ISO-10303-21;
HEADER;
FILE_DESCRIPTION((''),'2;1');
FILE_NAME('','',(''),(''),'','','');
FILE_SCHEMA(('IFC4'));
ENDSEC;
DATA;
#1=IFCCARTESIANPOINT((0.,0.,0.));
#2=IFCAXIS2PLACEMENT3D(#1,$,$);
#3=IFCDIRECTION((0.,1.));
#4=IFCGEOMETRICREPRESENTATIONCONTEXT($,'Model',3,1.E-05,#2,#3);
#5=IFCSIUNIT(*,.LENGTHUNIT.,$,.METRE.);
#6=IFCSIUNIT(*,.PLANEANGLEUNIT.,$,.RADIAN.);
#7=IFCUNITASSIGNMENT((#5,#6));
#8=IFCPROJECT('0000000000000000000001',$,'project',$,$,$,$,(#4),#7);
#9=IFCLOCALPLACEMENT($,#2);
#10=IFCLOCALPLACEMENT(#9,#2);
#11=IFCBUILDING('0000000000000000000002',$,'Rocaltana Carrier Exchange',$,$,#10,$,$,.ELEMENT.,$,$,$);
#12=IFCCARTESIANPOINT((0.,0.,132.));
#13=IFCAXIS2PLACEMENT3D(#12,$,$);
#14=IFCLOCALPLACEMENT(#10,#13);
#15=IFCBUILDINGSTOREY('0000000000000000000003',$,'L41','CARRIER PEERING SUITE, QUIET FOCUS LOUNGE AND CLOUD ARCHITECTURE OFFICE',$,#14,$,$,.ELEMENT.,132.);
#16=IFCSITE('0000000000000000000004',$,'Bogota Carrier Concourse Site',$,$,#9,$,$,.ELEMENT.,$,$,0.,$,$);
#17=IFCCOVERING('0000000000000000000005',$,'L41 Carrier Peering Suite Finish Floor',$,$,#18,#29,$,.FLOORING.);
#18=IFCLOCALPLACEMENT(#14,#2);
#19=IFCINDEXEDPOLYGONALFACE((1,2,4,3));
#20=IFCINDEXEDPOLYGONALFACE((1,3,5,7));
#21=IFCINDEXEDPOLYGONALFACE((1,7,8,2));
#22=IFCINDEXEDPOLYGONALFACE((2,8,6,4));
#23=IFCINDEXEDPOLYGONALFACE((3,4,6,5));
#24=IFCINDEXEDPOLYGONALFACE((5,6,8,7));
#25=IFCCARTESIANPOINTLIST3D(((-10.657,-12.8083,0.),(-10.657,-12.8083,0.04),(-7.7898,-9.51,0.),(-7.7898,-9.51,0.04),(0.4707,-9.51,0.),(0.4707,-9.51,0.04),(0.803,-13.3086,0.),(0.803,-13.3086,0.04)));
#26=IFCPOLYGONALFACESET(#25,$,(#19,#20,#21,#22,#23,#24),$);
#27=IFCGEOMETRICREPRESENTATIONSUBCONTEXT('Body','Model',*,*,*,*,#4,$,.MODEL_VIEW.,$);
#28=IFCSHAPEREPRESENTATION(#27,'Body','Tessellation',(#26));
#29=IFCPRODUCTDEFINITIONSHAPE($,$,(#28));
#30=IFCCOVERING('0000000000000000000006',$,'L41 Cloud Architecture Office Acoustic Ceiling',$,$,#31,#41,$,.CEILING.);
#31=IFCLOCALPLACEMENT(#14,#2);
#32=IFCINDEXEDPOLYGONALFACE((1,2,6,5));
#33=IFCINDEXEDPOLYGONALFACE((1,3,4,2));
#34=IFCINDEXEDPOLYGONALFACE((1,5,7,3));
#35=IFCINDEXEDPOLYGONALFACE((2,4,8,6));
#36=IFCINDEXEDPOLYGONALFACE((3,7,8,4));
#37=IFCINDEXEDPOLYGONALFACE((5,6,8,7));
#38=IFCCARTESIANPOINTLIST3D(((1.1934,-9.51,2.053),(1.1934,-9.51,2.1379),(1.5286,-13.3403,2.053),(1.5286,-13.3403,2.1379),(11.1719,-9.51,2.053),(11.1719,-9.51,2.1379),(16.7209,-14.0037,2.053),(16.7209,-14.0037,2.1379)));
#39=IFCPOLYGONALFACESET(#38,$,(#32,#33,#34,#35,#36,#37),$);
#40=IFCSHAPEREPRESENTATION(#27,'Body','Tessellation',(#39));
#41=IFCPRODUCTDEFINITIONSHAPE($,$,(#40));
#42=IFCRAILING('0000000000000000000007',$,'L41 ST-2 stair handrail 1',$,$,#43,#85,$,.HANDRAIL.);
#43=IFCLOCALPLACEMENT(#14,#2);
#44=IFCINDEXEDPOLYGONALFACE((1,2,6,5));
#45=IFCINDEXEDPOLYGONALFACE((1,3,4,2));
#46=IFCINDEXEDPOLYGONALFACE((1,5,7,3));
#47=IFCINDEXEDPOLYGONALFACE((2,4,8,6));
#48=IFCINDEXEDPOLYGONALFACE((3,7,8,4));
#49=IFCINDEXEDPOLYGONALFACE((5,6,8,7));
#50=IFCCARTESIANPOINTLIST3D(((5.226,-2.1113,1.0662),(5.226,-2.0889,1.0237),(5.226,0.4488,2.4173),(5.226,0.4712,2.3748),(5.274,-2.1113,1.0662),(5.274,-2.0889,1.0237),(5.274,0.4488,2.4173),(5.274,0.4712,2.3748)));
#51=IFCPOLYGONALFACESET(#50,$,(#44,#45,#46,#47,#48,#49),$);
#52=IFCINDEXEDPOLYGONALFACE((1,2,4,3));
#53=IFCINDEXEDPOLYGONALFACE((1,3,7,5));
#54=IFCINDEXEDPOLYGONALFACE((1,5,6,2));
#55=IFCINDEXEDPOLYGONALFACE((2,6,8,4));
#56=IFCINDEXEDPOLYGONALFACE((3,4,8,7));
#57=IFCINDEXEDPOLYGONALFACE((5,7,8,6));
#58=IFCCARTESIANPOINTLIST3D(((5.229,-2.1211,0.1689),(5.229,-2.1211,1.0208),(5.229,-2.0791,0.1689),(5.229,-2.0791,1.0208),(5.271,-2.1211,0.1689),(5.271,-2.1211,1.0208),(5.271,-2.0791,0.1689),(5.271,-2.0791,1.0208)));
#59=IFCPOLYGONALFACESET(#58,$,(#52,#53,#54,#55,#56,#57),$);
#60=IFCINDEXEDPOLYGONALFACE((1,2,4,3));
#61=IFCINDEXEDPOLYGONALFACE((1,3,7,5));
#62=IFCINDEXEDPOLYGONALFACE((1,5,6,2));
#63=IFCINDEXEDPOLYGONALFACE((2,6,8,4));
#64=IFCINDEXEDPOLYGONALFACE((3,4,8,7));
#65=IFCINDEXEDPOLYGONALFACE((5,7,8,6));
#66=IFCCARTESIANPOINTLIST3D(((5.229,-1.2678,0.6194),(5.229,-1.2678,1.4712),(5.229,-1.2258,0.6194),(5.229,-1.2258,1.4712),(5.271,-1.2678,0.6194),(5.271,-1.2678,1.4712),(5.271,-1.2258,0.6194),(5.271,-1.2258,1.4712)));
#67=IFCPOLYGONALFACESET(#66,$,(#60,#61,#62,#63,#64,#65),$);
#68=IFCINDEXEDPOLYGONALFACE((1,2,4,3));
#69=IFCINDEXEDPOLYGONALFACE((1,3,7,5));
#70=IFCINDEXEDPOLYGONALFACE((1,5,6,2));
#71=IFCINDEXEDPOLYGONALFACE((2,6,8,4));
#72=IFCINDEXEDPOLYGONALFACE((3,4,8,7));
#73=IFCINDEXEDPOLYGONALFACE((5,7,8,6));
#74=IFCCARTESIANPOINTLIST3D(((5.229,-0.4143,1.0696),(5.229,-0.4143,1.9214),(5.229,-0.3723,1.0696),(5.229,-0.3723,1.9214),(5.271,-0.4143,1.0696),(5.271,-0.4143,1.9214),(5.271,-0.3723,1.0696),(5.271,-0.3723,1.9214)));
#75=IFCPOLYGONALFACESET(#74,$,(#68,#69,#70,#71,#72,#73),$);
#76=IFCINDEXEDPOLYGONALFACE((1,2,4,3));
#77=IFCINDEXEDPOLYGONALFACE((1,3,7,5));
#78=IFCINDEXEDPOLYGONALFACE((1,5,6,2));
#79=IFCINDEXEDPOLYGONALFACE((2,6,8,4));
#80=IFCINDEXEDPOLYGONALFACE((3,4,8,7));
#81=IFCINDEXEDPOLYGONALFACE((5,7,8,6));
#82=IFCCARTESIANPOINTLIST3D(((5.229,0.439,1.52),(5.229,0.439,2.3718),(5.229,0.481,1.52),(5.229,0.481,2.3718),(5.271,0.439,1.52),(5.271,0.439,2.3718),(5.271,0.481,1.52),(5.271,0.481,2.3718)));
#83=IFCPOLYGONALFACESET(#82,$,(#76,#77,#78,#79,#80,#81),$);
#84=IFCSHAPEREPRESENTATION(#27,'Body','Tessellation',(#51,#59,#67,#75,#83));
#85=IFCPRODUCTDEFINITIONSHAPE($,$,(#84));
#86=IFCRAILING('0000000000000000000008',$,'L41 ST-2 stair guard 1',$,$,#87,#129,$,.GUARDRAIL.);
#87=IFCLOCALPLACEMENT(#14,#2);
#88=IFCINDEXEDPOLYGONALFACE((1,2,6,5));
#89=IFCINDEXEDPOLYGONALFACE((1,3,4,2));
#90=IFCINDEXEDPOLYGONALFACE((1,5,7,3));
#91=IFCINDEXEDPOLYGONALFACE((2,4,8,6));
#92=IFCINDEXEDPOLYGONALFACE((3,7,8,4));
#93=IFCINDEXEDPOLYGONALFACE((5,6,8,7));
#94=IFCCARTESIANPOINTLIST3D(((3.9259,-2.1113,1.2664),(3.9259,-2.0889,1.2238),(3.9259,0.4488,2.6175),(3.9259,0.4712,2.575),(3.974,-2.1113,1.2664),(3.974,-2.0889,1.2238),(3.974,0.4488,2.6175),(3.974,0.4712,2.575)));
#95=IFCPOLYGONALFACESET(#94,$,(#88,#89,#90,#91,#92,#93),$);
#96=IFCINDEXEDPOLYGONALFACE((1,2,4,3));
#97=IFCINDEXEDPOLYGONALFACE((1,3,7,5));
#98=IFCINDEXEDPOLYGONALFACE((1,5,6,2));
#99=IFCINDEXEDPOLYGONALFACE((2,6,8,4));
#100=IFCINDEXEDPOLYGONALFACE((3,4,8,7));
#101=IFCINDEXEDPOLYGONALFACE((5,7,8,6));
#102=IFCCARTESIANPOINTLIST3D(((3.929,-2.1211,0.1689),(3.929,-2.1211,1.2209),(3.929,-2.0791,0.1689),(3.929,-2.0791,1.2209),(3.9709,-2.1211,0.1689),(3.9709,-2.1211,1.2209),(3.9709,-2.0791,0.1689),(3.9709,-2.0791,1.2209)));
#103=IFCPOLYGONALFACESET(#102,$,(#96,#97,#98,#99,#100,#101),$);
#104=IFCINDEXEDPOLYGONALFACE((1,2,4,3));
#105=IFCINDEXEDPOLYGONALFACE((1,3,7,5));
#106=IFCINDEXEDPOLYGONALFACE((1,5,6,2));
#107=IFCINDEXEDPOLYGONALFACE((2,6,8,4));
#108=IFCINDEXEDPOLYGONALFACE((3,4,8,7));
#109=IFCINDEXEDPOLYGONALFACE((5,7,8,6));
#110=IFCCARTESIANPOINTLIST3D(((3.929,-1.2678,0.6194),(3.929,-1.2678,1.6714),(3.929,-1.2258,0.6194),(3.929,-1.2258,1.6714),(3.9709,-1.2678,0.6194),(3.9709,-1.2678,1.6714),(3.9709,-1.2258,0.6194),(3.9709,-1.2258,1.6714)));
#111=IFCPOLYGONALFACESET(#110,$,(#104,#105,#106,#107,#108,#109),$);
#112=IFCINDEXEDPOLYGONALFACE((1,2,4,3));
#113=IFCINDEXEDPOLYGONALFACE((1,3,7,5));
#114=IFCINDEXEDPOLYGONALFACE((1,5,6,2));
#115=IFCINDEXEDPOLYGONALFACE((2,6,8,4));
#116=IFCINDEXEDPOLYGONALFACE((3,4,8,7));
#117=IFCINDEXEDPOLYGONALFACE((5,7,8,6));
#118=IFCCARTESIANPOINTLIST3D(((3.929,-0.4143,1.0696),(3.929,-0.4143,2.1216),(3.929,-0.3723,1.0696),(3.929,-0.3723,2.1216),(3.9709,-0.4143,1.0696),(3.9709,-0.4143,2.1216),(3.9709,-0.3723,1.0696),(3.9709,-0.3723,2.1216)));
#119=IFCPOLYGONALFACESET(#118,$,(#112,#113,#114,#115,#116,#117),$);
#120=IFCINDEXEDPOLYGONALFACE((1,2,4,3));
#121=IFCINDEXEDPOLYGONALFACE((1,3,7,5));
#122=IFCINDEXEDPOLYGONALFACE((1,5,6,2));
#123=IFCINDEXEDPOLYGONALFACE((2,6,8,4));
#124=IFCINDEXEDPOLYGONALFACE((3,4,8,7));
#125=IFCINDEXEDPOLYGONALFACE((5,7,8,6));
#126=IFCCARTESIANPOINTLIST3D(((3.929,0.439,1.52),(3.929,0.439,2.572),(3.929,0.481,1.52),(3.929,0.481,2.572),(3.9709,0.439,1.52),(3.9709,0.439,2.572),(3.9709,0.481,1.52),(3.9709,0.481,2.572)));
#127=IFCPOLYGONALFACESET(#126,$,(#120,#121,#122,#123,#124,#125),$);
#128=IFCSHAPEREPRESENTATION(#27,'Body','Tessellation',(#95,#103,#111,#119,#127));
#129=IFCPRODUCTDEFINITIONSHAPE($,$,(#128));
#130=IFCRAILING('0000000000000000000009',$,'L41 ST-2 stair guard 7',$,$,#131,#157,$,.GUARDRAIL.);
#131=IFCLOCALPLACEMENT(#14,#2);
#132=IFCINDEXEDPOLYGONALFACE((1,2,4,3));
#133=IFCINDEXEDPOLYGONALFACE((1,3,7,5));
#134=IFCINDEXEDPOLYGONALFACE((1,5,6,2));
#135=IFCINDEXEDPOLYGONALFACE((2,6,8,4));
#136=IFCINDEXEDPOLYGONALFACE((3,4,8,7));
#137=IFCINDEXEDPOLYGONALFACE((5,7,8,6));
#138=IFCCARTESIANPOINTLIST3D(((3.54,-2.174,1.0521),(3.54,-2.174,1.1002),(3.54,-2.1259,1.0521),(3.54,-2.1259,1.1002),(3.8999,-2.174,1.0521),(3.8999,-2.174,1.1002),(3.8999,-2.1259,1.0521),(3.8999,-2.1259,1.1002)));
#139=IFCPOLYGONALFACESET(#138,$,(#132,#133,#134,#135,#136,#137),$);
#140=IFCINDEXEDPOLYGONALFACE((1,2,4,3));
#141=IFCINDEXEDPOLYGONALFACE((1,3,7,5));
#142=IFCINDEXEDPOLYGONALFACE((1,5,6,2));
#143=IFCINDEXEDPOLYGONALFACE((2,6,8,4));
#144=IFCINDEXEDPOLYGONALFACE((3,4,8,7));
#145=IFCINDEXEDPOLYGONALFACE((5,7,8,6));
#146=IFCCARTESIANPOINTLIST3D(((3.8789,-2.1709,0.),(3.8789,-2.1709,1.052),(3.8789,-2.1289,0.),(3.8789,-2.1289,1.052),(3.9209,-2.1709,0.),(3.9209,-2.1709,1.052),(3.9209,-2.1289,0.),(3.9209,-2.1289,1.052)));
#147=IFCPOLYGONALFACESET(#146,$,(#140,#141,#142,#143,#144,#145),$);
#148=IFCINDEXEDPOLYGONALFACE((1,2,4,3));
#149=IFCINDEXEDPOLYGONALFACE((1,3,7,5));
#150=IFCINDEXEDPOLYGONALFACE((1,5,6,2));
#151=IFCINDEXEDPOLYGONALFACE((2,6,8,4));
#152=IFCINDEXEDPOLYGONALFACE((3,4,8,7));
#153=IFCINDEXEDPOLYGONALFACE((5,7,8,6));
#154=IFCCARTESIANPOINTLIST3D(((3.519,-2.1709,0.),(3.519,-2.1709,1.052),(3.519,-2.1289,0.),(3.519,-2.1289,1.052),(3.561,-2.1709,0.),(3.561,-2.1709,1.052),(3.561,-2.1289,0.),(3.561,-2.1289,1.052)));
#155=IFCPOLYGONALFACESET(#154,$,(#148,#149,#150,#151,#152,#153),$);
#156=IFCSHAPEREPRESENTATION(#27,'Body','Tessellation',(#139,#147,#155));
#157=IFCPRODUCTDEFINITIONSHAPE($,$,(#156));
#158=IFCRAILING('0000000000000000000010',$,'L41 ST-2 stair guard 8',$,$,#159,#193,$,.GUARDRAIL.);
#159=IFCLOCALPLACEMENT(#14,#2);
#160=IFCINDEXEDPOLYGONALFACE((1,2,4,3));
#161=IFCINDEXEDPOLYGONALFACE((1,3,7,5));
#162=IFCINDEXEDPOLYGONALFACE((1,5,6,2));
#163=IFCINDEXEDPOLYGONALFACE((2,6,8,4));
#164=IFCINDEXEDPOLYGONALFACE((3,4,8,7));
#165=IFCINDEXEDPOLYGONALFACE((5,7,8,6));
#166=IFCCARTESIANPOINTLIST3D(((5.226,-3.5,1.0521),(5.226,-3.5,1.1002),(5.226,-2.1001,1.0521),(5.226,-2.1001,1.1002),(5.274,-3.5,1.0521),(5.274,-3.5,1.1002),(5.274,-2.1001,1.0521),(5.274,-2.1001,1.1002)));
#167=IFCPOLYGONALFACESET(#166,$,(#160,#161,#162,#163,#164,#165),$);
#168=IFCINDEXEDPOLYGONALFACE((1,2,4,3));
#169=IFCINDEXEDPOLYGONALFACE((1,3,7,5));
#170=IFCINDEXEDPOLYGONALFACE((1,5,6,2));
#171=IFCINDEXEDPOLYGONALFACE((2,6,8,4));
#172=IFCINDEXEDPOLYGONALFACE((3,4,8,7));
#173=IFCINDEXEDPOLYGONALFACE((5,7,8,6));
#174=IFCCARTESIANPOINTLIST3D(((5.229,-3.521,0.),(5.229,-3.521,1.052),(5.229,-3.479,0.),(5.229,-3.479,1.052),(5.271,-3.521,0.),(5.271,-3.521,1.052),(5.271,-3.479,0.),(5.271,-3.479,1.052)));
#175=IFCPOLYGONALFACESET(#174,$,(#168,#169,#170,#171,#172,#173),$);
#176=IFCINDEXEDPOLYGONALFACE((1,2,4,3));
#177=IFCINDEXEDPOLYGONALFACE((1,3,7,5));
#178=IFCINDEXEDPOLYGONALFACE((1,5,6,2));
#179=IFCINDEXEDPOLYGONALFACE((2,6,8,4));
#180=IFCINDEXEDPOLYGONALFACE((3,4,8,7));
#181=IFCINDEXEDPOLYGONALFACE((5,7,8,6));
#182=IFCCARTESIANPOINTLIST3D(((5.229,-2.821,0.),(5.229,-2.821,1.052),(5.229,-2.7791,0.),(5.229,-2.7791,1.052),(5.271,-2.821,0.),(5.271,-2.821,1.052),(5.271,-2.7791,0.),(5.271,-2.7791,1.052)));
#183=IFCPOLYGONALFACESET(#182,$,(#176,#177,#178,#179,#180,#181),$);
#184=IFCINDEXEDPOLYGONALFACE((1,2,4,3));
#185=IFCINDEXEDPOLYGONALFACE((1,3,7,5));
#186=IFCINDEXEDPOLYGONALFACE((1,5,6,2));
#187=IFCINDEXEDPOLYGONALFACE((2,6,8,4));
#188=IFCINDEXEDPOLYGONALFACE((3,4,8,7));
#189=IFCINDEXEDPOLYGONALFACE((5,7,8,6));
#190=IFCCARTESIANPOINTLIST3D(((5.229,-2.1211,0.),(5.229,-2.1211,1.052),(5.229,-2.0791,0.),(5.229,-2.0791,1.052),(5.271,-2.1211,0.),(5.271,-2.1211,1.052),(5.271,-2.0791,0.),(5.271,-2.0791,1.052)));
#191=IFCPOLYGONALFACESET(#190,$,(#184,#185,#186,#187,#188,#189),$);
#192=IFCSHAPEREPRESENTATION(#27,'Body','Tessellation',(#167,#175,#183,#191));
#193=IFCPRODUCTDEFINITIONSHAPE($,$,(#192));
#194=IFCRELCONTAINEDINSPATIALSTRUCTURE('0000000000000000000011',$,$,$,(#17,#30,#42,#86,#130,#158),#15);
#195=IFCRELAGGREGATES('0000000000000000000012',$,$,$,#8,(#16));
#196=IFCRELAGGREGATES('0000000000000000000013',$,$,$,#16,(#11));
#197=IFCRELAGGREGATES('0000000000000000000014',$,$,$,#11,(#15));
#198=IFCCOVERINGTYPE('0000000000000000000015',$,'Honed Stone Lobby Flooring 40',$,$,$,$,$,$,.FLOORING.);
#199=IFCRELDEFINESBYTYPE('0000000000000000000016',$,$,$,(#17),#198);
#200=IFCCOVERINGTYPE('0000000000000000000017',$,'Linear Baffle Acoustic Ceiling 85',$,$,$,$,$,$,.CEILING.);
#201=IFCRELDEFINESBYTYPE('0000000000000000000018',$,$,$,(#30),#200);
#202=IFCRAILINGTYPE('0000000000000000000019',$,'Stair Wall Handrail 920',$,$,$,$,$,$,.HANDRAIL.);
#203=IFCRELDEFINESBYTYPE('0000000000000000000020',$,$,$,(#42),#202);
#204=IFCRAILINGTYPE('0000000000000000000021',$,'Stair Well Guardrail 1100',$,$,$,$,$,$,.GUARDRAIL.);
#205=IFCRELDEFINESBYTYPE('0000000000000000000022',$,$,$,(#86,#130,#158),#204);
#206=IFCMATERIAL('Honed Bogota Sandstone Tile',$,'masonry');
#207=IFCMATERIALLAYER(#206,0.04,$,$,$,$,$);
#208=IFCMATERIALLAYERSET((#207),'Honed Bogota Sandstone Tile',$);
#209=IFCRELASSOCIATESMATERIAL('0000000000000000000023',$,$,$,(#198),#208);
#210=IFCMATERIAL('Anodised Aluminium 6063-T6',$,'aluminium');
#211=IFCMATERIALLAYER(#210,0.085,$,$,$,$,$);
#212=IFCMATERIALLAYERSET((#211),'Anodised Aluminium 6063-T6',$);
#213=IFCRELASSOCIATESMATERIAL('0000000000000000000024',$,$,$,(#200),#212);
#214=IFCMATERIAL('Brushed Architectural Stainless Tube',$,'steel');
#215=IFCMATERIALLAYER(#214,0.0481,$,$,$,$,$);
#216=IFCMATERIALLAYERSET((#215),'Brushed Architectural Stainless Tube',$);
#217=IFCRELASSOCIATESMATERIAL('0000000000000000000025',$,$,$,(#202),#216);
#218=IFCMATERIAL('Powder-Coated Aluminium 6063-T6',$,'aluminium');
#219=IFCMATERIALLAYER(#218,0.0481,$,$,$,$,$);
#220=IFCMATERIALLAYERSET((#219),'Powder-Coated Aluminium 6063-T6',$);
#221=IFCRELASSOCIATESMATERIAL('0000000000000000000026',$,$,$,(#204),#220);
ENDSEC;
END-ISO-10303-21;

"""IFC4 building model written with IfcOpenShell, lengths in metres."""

from ifc_helpers import new_model, si_unit, direction, frame, origin, origin_2d, place, context, subcontext, project, spatial, polyline, rectangle, outline, extrude, material, layer, layer_set, type_object, element, save


model = new_model("IFC4")

# Units and contexts
model_context = context("Model", 3, precision=1e-05, world=origin(), true_north=direction((0.0, 1.0)))
body_context = subcontext(model_context, "Body", "Model", "MODEL_VIEW")
ifc_project = project(units=[si_unit("LENGTHUNIT", "METRE"), si_unit("PLANEANGLEUNIT", "RADIAN")], contexts=[model_context])

# Site, building, storey
site_placement = place(None, origin())
site = spatial("IfcSite", under=ifc_project, at=site_placement, Name="Bogota Carrier Concourse Site", CompositionType="ELEMENT", RefElevation=0.0)
building_placement = place(site_placement, origin())
building = spatial("IfcBuilding", under=site, at=building_placement, Name="Rocaltana Carrier Exchange", CompositionType="ELEMENT")
storey_placement = place(building_placement, frame((0.0, 0.0, 132.0)))
storey = spatial("IfcBuildingStorey", under=building, at=storey_placement, Name="L41", Description="CARRIER PEERING SUITE, QUIET FOCUS LOUNGE AND CLOUD ARCHITECTURE OFFICE", CompositionType="ELEMENT", Elevation=132.0)

# Coverings
ifc_material_1 = material(Name="Honed Bogota Sandstone Tile", Category="masonry")
ifc_layer_1 = layer(ifc_material_1, 0.04)
ifc_layer_set_1 = layer_set([ifc_layer_1], Name="Honed Bogota Sandstone Tile")
covering_type_1 = type_object("IfcCoveringType", Name="Honed Stone Lobby Flooring 40", PredefinedType="FLOORING", material=ifc_layer_set_1)
covering_1_placement = place(storey_placement, origin())
element("IfcCovering", 1, at=covering_1_placement, inside=storey, type_object=covering_type_1, Name="L41 Carrier Peering Suite Finish Floor", PredefinedType="FLOORING", context=body_context, shape_type="SweptSolid", body=[
    extrude(outline(polyline([(-10.657, -12.8083), (-7.7898, -9.51), (0.4707, -9.51), (0.803, -13.3086), (-10.657, -12.8083)])), origin(), (0.0, 0.0, 1.0), 0.04),
])
ifc_material_2 = material(Name="Anodised Aluminium 6063-T6", Category="aluminium")
ifc_layer_2 = layer(ifc_material_2, 0.085)
ifc_layer_set_2 = layer_set([ifc_layer_2], Name="Anodised Aluminium 6063-T6")
covering_type_2 = type_object("IfcCoveringType", Name="Linear Baffle Acoustic Ceiling 85", PredefinedType="CEILING", material=ifc_layer_set_2)
covering_2_placement = place(storey_placement, frame((0.0, 0.0, 2.053)))
element("IfcCovering", 2, at=covering_2_placement, inside=storey, type_object=covering_type_2, Name="L41 Cloud Architecture Office Acoustic Ceiling", PredefinedType="CEILING", context=body_context, shape_type="SweptSolid", body=[
    extrude(outline(polyline([(1.5286, -13.3403), (1.1934, -9.51), (11.1719, -9.51), (16.7209, -14.0037), (1.5286, -13.3403)])), origin(), (0.0, 0.0, 1.0), 0.085),
])

# Railings
ifc_material_3 = material(Name="Brushed Architectural Stainless Tube", Category="steel")
ifc_layer_3 = layer(ifc_material_3, 0.0481)
ifc_layer_set_3 = layer_set([ifc_layer_3], Name="Brushed Architectural Stainless Tube")
railing_type_1 = type_object("IfcRailingType", Name="Stair Wall Handrail 920", PredefinedType="HANDRAIL", material=ifc_layer_set_3)
railing_1_placement = place(storey_placement, frame((5.25, -2.1001, 0.1689)))
element("IfcRailing", 3, at=railing_1_placement, inside=storey, type_object=railing_type_1, Name="L41 ST-2 stair handrail 1", PredefinedType="HANDRAIL", context=body_context, shape_type="SweptSolid", body=[
    extrude(rectangle(XDim=0.0481, YDim=0.0481, at=origin_2d()), frame((0.0, 0.0, 0.876), z_axis=(0.0, 0.884394, 0.46674), x_axis=(-1.0, 0.0, 0.0)), (0.0, 0.0, 1.0), 2.8948),
    extrude(rectangle(XDim=0.042, YDim=0.042, at=origin_2d()), origin(), (0.0, 0.0, 1.0), 0.8518),
    extrude(rectangle(XDim=0.042, YDim=0.042, at=origin_2d()), frame((0.0, 0.8533, 0.4504)), (0.0, 0.0, 1.0), 0.8518),
    extrude(rectangle(XDim=0.042, YDim=0.042, at=origin_2d()), frame((0.0, 1.7068, 0.9006)), (0.0, 0.0, 1.0), 0.8518),
    extrude(rectangle(XDim=0.042, YDim=0.042, at=origin_2d()), frame((0.0, 2.5601, 1.3511)), (0.0, 0.0, 1.0), 0.8518),
])
ifc_material_4 = material(Name="Powder-Coated Aluminium 6063-T6", Category="aluminium")
ifc_layer_4 = layer(ifc_material_4, 0.0481)
ifc_layer_set_4 = layer_set([ifc_layer_4], Name="Powder-Coated Aluminium 6063-T6")
railing_type_2 = type_object("IfcRailingType", Name="Stair Well Guardrail 1100", PredefinedType="GUARDRAIL", material=ifc_layer_set_4)
railing_2_placement = place(storey_placement, frame((3.95, -2.1001, 0.1689)))
element("IfcRailing", 4, at=railing_2_placement, inside=storey, type_object=railing_type_2, Name="L41 ST-2 stair guard 1", PredefinedType="GUARDRAIL", context=body_context, shape_type="SweptSolid", body=[
    extrude(rectangle(XDim=0.0481, YDim=0.0481, at=origin_2d()), frame((0.0, 0.0, 1.0762), z_axis=(0.0, 0.884394, 0.46674), x_axis=(-1.0, 0.0, 0.0)), (0.0, 0.0, 1.0), 2.8948),
    extrude(rectangle(XDim=0.042, YDim=0.042, at=origin_2d()), origin(), (0.0, 0.0, 1.0), 1.052),
    extrude(rectangle(XDim=0.042, YDim=0.042, at=origin_2d()), frame((0.0, 0.8533, 0.4504)), (0.0, 0.0, 1.0), 1.052),
    extrude(rectangle(XDim=0.042, YDim=0.042, at=origin_2d()), frame((0.0, 1.7068, 0.9006)), (0.0, 0.0, 1.0), 1.052),
    extrude(rectangle(XDim=0.042, YDim=0.042, at=origin_2d()), frame((0.0, 2.5601, 1.3511)), (0.0, 0.0, 1.0), 1.052),
])
railing_3_placement = place(storey_placement, frame((3.8999, -2.1499, 0.0)))
element("IfcRailing", 5, at=railing_3_placement, inside=storey, type_object=railing_type_2, Name="L41 ST-2 stair guard 7", PredefinedType="GUARDRAIL", context=body_context, shape_type="SweptSolid", body=[
    extrude(rectangle(XDim=0.0481, YDim=0.0481, at=origin_2d()), frame((0.0, 0.0, 1.0762), z_axis=(-1.0, 0.0, 0.0), x_axis=(0.0, -1.0, 0.0)), (0.0, 0.0, 1.0), 0.3599),
    extrude(rectangle(XDim=0.042, YDim=0.042, at=origin_2d()), origin(), (0.0, 0.0, 1.0), 1.052),
    extrude(rectangle(XDim=0.042, YDim=0.042, at=origin_2d()), frame((-0.3599, 0.0, 0.0)), (0.0, 0.0, 1.0), 1.052),
])
for number, where, name in (
    (6, (5.25, -3.5, 0.0), "L41 ST-2 stair guard 8"),
):
    element("IfcRailing", number, at=place(storey_placement, frame(where)), inside=storey, type_object=railing_type_2, Name=name, PredefinedType="GUARDRAIL", context=body_context, shape_type="SweptSolid", body=[
        extrude(rectangle(XDim=0.0481, YDim=0.0481, at=origin_2d()), frame((0.0, 0.0, 1.0762), z_axis=(0.0, 1.0, 0.0), x_axis=(-1.0, 0.0, 0.0)), (0.0, 0.0, 1.0), 1.3999),
        extrude(rectangle(XDim=0.042, YDim=0.042, at=origin_2d()), origin(), (0.0, 0.0, 1.0), 1.052),
        extrude(rectangle(XDim=0.042, YDim=0.042, at=origin_2d()), frame((0.0, 0.7, 0.0)), (0.0, 0.0, 1.0), 1.052),
        extrude(rectangle(XDim=0.042, YDim=0.042, at=origin_2d()), frame((0.0, 1.3999, 0.0)), (0.0, 0.0, 1.0), 1.052),
    ])

save(model, "model.ifc")
